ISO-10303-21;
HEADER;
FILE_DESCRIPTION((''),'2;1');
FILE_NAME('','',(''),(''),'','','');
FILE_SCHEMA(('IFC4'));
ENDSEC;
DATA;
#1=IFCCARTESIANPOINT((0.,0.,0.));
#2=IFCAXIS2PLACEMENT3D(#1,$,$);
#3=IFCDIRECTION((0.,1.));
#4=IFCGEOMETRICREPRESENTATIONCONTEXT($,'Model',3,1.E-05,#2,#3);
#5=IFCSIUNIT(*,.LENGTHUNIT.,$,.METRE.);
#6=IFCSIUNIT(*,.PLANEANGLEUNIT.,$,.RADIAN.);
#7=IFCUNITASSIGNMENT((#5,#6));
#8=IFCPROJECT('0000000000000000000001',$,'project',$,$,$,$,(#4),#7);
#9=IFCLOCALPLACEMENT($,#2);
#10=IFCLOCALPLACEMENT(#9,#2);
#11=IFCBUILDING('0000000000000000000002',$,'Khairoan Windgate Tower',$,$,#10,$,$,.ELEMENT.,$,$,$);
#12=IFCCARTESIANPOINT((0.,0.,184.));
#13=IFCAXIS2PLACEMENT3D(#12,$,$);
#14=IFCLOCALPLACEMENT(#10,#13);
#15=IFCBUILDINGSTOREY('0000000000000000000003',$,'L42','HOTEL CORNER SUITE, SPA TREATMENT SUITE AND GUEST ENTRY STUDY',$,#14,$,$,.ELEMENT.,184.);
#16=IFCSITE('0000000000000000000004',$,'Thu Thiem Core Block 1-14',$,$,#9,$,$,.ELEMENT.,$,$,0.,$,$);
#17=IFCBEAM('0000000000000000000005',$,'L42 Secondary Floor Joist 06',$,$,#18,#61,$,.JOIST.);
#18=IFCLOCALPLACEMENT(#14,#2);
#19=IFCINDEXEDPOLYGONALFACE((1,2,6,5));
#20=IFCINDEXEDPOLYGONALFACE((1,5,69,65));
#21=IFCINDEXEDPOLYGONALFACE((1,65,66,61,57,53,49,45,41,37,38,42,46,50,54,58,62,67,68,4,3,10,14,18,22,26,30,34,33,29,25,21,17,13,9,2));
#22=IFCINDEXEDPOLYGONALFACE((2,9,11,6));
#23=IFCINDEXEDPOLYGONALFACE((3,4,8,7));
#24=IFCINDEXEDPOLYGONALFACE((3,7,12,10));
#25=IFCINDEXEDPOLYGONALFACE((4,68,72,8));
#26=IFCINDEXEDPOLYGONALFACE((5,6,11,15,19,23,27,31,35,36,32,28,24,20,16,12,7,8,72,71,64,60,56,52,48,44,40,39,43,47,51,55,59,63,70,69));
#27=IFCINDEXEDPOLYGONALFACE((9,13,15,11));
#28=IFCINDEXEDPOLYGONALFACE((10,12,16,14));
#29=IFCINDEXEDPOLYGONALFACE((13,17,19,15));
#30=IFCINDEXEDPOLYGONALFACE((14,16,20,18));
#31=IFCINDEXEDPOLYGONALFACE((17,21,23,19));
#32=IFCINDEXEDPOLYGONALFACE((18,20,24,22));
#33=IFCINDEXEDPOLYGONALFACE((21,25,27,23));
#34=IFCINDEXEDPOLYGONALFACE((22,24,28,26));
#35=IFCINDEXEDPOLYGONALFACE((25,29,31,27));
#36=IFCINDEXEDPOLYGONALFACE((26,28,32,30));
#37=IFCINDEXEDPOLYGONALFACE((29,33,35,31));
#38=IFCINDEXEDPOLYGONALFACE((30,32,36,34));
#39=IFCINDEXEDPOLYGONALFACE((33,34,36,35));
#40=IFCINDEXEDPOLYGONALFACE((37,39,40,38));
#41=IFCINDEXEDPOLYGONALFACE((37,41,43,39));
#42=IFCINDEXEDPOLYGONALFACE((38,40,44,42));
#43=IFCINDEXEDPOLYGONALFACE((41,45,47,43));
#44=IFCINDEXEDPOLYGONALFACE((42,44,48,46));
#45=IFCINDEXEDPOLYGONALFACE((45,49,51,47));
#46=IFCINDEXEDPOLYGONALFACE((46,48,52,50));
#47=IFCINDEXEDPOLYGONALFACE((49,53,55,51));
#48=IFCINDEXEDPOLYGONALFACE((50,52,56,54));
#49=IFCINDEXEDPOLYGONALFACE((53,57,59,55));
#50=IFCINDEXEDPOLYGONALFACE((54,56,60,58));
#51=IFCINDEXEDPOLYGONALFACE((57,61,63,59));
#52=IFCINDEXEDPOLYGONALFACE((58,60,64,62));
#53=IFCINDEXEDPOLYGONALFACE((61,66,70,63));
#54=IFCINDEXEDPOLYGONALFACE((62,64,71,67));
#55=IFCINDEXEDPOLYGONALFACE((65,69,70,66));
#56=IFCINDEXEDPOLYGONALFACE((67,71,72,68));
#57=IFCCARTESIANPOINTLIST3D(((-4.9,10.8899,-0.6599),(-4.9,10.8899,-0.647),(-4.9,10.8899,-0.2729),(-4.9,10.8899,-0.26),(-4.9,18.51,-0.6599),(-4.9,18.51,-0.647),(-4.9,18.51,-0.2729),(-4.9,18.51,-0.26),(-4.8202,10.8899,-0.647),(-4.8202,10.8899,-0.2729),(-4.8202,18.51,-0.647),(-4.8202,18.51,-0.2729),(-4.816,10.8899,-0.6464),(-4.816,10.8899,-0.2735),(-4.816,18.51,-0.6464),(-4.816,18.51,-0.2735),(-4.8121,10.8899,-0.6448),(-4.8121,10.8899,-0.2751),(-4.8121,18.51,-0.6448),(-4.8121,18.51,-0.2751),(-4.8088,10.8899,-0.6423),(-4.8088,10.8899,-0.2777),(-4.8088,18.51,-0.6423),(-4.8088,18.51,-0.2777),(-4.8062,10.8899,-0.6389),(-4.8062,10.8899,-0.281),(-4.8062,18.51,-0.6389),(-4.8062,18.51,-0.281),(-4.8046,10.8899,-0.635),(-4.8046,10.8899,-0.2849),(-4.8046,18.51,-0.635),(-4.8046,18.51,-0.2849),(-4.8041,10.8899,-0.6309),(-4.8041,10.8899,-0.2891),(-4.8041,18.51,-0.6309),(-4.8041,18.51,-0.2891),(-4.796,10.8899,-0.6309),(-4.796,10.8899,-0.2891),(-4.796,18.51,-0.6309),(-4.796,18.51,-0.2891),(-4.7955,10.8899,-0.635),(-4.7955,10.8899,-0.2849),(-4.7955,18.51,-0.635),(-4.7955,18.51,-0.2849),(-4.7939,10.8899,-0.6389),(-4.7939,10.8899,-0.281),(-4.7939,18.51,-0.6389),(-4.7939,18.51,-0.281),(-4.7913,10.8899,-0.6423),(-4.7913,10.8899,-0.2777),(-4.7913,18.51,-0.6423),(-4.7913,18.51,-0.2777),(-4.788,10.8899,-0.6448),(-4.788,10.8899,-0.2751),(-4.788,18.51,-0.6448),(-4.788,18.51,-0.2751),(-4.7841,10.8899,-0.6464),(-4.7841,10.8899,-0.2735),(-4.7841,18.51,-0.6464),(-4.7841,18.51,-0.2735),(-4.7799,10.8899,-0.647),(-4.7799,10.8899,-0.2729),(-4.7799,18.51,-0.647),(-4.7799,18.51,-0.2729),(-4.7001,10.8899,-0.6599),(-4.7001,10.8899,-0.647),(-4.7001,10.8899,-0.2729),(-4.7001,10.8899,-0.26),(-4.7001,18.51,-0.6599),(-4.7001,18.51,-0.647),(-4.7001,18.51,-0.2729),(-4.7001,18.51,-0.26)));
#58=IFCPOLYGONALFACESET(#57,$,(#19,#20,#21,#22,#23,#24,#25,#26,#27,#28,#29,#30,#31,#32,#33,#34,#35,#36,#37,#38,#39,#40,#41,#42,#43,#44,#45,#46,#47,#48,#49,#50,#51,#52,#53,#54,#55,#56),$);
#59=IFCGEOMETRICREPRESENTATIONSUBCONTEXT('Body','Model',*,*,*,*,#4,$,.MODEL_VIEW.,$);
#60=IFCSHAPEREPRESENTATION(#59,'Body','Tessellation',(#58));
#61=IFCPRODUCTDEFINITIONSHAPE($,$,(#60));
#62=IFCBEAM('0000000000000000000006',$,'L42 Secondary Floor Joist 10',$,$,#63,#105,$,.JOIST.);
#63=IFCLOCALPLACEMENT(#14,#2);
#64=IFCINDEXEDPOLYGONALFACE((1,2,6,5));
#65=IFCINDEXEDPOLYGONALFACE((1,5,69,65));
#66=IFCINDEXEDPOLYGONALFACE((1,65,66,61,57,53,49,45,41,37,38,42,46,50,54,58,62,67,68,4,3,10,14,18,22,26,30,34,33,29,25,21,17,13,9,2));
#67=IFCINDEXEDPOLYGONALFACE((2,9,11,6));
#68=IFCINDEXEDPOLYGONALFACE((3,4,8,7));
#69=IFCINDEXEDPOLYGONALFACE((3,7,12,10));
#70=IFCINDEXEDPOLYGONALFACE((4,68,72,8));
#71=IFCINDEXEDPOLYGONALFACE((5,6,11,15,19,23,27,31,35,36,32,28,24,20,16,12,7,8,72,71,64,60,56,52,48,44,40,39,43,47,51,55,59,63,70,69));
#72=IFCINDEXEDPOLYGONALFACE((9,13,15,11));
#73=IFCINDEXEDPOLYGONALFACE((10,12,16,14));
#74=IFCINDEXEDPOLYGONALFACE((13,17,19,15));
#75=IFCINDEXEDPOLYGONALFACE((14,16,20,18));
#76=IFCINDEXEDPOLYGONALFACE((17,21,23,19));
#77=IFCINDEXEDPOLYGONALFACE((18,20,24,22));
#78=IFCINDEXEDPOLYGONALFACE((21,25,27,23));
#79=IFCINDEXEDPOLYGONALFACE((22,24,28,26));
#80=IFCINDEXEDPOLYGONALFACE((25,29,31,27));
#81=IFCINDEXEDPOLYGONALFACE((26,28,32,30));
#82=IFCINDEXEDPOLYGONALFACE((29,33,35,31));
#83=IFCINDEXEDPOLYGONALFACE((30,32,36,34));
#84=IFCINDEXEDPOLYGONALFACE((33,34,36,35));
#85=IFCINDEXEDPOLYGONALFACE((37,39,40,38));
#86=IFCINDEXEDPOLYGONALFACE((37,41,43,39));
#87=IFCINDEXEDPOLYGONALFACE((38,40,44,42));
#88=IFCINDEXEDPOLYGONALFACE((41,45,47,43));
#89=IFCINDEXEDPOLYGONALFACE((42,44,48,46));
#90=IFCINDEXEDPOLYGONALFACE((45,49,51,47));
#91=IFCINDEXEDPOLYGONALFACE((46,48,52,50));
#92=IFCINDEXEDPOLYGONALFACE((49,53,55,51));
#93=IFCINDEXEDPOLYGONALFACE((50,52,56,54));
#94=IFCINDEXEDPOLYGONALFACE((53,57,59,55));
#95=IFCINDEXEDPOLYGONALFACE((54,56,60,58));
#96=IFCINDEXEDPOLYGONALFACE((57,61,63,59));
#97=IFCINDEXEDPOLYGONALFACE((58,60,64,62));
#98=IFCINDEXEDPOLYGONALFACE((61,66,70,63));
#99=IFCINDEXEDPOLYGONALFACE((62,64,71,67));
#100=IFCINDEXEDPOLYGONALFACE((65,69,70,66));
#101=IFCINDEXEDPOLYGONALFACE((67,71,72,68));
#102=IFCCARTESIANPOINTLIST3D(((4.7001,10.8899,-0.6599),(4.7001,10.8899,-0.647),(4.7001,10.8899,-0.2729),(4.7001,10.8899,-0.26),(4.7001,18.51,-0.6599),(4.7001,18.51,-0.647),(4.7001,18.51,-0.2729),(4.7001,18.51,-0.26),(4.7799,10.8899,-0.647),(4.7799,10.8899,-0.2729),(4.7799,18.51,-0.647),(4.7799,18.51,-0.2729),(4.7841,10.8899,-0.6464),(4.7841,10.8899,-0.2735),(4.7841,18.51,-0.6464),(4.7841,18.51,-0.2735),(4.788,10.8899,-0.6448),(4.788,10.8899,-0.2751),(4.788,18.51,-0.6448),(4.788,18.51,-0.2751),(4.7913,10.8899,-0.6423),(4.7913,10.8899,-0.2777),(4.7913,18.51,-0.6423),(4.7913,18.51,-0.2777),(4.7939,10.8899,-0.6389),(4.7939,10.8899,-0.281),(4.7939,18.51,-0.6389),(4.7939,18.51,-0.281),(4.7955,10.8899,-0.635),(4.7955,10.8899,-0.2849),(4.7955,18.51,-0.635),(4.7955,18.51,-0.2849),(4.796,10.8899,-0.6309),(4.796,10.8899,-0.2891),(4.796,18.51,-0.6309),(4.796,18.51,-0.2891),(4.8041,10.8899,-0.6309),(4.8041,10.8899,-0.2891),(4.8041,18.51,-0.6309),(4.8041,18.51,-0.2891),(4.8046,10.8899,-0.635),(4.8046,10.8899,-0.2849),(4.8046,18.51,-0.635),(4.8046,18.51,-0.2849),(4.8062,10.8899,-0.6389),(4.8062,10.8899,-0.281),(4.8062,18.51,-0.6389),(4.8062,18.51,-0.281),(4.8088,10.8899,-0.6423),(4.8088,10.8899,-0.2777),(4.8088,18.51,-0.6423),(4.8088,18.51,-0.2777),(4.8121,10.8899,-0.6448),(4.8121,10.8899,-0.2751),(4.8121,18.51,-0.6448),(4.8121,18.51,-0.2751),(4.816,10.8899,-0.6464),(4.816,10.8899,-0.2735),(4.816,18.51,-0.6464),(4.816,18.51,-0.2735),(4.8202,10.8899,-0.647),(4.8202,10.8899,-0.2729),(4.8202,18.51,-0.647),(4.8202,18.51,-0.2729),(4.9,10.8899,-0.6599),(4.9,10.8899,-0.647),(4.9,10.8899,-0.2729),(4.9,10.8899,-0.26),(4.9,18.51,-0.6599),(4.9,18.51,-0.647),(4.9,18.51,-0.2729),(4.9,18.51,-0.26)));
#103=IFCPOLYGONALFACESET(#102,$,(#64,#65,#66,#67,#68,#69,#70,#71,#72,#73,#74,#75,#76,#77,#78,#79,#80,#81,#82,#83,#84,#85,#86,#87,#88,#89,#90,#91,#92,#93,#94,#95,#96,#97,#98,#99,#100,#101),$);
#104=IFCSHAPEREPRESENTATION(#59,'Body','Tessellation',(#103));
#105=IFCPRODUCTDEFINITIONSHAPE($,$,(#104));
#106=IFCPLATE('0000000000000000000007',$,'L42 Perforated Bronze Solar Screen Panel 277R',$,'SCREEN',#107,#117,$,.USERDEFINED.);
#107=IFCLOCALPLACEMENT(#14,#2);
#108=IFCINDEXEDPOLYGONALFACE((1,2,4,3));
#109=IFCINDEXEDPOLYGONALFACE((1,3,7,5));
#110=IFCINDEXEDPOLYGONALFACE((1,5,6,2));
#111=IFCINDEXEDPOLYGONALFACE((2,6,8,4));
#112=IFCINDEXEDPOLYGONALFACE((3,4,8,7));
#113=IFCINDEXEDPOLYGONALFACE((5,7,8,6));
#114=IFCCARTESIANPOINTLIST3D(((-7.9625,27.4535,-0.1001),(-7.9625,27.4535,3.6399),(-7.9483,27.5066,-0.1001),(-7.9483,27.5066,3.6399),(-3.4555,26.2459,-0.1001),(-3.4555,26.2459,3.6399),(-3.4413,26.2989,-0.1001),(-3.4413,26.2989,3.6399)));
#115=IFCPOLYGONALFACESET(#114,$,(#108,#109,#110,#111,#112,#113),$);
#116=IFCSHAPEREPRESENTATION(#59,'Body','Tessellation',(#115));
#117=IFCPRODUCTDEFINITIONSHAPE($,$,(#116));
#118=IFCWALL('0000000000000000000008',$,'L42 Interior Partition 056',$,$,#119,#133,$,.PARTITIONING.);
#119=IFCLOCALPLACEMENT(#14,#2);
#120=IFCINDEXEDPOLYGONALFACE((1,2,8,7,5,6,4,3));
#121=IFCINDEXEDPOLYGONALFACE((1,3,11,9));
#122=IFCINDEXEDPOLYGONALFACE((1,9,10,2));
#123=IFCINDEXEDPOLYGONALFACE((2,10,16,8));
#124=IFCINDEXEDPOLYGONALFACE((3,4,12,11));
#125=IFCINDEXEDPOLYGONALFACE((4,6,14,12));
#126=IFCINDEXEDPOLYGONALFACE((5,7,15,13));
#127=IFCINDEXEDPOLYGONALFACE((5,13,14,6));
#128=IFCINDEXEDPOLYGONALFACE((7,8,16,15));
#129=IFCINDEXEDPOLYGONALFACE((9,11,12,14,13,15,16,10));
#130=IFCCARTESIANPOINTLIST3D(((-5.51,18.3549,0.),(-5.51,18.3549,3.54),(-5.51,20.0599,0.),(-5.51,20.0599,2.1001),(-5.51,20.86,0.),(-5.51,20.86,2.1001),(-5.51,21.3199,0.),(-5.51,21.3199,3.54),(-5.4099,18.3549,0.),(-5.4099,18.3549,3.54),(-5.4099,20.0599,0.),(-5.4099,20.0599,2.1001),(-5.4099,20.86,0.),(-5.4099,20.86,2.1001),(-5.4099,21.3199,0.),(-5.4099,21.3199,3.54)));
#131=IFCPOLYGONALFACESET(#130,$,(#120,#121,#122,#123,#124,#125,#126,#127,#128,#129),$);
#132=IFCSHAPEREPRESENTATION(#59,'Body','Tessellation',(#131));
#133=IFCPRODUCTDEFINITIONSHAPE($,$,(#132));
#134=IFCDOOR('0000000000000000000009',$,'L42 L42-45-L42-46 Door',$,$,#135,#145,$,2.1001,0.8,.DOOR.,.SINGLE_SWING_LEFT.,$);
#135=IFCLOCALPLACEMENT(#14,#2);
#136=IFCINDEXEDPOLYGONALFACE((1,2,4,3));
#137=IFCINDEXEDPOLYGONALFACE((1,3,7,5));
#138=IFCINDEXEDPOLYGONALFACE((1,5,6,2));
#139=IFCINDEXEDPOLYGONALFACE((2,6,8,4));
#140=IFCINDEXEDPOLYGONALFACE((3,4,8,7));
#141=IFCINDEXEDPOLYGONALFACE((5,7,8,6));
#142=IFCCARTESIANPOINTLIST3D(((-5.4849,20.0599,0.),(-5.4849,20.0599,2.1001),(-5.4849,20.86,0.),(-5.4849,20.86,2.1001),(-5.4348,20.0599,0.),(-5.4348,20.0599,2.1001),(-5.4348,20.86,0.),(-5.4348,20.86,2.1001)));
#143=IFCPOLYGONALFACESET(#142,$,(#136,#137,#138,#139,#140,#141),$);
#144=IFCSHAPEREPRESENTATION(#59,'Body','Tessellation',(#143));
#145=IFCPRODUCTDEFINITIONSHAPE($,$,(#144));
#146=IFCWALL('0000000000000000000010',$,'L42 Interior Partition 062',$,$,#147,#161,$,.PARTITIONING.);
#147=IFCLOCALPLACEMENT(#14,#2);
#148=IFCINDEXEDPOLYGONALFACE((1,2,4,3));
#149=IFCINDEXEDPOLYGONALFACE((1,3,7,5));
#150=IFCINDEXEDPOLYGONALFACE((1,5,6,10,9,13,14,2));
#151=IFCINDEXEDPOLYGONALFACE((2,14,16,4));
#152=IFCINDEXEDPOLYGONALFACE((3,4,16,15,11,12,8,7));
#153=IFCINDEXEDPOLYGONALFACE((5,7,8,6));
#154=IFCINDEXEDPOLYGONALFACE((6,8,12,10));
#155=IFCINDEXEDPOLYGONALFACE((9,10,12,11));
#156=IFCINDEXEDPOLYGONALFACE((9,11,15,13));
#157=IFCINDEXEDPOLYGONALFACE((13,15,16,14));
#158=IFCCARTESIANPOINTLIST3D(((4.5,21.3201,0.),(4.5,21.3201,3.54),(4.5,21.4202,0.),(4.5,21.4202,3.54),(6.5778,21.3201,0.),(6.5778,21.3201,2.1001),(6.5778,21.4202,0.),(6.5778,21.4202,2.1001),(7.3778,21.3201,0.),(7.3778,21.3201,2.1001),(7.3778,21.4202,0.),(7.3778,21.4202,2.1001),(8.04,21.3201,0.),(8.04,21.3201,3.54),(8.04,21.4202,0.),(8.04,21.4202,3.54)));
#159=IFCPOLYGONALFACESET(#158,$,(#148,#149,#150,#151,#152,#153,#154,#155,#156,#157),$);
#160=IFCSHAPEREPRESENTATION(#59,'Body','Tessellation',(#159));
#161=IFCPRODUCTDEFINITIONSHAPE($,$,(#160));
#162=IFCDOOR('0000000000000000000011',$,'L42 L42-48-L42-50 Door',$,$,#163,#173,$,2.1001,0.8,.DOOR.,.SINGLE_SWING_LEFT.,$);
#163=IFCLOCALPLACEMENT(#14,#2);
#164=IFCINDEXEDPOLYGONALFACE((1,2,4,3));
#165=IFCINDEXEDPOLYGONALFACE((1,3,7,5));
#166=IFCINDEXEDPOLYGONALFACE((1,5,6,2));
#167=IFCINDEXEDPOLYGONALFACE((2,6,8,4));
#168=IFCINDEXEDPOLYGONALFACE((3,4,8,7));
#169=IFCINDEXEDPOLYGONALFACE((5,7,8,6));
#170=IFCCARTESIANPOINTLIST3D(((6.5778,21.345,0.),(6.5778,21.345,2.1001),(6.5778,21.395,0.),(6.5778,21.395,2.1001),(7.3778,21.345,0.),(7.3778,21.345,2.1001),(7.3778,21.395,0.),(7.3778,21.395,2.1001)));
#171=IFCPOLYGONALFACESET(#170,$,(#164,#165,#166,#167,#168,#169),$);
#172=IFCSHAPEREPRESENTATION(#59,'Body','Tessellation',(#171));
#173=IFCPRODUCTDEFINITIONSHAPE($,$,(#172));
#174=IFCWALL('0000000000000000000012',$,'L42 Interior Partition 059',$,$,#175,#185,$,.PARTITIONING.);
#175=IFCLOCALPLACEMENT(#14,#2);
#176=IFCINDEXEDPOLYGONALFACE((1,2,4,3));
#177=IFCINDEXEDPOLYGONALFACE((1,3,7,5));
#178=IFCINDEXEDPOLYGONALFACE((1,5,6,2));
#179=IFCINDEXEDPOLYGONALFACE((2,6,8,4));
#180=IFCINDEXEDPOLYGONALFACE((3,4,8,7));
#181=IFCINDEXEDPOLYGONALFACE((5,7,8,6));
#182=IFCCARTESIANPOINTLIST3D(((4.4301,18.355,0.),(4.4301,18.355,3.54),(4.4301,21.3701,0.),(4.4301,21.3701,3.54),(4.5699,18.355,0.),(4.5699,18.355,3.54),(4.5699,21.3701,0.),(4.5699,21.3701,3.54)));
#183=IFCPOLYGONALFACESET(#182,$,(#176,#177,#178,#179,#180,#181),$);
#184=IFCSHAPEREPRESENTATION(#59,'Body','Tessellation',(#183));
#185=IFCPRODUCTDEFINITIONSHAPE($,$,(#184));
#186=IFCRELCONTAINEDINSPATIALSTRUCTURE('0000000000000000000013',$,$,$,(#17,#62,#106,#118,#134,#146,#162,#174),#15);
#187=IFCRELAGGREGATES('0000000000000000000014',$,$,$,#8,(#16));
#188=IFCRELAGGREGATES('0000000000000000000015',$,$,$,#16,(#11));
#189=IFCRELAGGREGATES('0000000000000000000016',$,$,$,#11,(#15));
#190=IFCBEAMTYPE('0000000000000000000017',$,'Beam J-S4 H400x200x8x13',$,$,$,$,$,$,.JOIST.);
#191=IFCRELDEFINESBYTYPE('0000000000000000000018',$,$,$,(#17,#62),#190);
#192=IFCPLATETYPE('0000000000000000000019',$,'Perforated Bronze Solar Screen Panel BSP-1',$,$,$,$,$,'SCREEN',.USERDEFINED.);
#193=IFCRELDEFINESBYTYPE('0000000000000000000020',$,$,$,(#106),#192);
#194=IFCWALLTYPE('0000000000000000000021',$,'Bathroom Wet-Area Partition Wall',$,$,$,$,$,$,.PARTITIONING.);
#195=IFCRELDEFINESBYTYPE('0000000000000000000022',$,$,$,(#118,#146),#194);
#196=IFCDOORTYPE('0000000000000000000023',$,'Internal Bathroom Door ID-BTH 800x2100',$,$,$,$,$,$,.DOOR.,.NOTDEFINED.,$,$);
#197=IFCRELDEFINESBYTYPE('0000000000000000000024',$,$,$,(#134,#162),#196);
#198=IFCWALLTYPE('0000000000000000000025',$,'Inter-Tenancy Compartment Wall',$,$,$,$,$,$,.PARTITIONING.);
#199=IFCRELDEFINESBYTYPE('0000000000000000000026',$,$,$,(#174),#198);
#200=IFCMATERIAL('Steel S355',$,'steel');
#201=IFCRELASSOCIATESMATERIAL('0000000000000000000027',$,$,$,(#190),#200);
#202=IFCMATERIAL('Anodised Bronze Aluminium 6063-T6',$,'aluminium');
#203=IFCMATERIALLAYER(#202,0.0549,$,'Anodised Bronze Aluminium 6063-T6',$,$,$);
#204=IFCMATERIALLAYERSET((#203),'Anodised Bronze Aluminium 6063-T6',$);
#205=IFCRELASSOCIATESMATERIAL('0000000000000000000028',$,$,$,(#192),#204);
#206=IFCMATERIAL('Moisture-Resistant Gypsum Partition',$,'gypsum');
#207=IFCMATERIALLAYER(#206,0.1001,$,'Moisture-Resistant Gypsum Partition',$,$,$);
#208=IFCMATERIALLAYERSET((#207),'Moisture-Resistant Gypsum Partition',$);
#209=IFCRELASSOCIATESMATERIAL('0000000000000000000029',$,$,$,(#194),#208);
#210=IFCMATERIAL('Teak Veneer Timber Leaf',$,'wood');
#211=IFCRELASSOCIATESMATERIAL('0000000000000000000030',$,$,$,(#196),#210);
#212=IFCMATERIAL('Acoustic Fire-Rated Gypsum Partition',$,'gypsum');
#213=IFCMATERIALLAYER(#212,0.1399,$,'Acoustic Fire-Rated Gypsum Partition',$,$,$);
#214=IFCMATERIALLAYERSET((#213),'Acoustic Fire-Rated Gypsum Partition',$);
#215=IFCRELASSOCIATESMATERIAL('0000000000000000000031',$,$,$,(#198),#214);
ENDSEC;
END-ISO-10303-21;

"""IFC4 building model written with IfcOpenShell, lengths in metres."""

from ifc_helpers import new_model, si_unit, direction, frame, frame_2d, origin, origin_2d, place, context, subcontext, project, spatial, rectangle, i_section, extrude, material, layer, layer_set, material_profile, profile_set, type_object, element, fill, save


model = new_model("IFC4")

# Units and contexts
model_context = context("Model", 3, precision=1e-05, world=origin(), true_north=direction((0.0, 1.0)))
body_context = subcontext(model_context, "Body", "Model", "MODEL_VIEW")
ifc_project = project(units=[si_unit("LENGTHUNIT", "METRE"), si_unit("PLANEANGLEUNIT", "RADIAN")], contexts=[model_context])

# Site, building, storey
site_placement = place(None, origin())
site = spatial("IfcSite", under=ifc_project, at=site_placement, Name="Thu Thiem Core Block 1-14", CompositionType="ELEMENT", RefElevation=0.0)
building_placement = place(site_placement, origin())
building = spatial("IfcBuilding", under=site, at=building_placement, Name="Khairoan Windgate Tower", CompositionType="ELEMENT")
storey_placement = place(building_placement, frame((0.0, 0.0, 184.0)))
storey = spatial("IfcBuildingStorey", under=building, at=storey_placement, Name="L42", Description="HOTEL CORNER SUITE, SPA TREATMENT SUITE AND GUEST ENTRY STUDY", CompositionType="ELEMENT", Elevation=184.0)

# Beams
ifc_material_1 = material(Name="Steel S355", Category="steel")
ifc_material_profile_1 = material_profile(ifc_material_1, i_section(OverallWidth=0.2, OverallDepth=0.3999, WebThickness=0.0081, FlangeThickness=0.0129, FilletRadius=0.0161, at=origin_2d()))
ifc_profile_set_1 = profile_set([ifc_material_profile_1], Name="Steel S355")
beam_type_1 = type_object("IfcBeamType", Name="Beam J-S4 H400x200x8x13", PredefinedType="JOIST", material=ifc_profile_set_1)
for number, where, z_axis, x_axis, name in (
    (1, (-4.8, 10.8899, -0.46), (0.0, 1.0, 0.0), (-1.0, 0.0, 0.0), "L42 Secondary Floor Joist 06"),
    (2, (4.8, 10.8899, -0.46), (0.0, 1.0, 0.0), (-1.0, 0.0, 0.0), "L42 Secondary Floor Joist 10"),
):
    element("IfcBeam", number, at=place(storey_placement, frame(where, z_axis=z_axis, x_axis=x_axis)), inside=storey, type_object=beam_type_1, Name=name, PredefinedType="JOIST", context=body_context, shape_type="SweptSolid", body=[
        extrude(i_section(OverallWidth=0.2, OverallDepth=0.3999, WebThickness=0.0081, FlangeThickness=0.0129, FilletRadius=0.0161, at=origin_2d()), origin(), (0.0, 0.0, 1.0), 7.6201),
    ])

# Plate
ifc_material_2 = material(Name="Anodised Bronze Aluminium 6063-T6", Category="aluminium")
ifc_layer_1 = layer(ifc_material_2, 0.0549, Name="Anodised Bronze Aluminium 6063-T6")
ifc_layer_set_1 = layer_set([ifc_layer_1], Name="Anodised Bronze Aluminium 6063-T6")
plate_type = type_object("IfcPlateType", Name="Perforated Bronze Solar Screen Panel BSP-1", ElementType="SCREEN", PredefinedType="USERDEFINED", material=ifc_layer_set_1)
plate_placement = place(storey_placement, frame((-5.7019, 26.8762, -0.1001), z_axis=(0.0, 0.0, 1.0), x_axis=(0.965926, -0.258819, 0.0)))
element("IfcPlate", 3, at=plate_placement, inside=storey, type_object=plate_type, Name="L42 Perforated Bronze Solar Screen Panel 277R", ObjectType="SCREEN", PredefinedType="USERDEFINED", context=body_context, shape_type="SweptSolid", body=[
    extrude(rectangle(XDim=4.666, YDim=0.0549, at=origin_2d()), origin(), (0.0, 0.0, 1.0), 3.74),
])

# Walls, openings, doors
ifc_material_3 = material(Name="Moisture-Resistant Gypsum Partition", Category="gypsum")
ifc_layer_2 = layer(ifc_material_3, 0.1001, Name="Moisture-Resistant Gypsum Partition")
ifc_layer_set_2 = layer_set([ifc_layer_2], Name="Moisture-Resistant Gypsum Partition")
wall_type_1 = type_object("IfcWallType", Name="Bathroom Wet-Area Partition Wall", PredefinedType="PARTITIONING", material=ifc_layer_set_2)
wall_1_placement = place(storey_placement, frame((-5.46, 18.355, 0.0), z_axis=(0.0, 0.0, 1.0), x_axis=(0.0, 1.0, 0.0)))
wall_1 = element("IfcWall", 4, at=wall_1_placement, inside=storey, type_object=wall_type_1, Name="L42 Interior Partition 056", PredefinedType="PARTITIONING", context=body_context, shape_type="SweptSolid", body=[
    extrude(rectangle(XDim=2.9651, YDim=0.1001, at=frame_2d((1.4824, 0.0))), origin(), (0.0, 0.0, 1.0), 3.54),
])
opening_1_placement = place(wall_1_placement, frame((1.7051, 0.0, 0.0)))
opening_1 = element("IfcOpeningElement", 5, at=opening_1_placement, cuts=wall_1, PredefinedType="OPENING", context=body_context, shape_type="SweptSolid", body=[
    extrude(rectangle(XDim=0.8, YDim=2.1001, at=frame_2d((0.3999, 1.05))), frame((0.0, 0.0601, 0.0), z_axis=(0.0, -1.0, 0.0), x_axis=(1.0, 0.0, 0.0)), (0.0, 0.0, 1.0), 0.1201),
])
ifc_material_4 = material(Name="Teak Veneer Timber Leaf", Category="wood")
door_type_1 = type_object("IfcDoorType", Name="Internal Bathroom Door ID-BTH 800x2100", OperationType="NOTDEFINED", PredefinedType="DOOR", material=ifc_material_4)
door_1_placement = place(opening_1_placement, origin())
door_1 = element("IfcDoor", 6, at=door_1_placement, inside=storey, type_object=door_type_1, Name="L42 L42-45-L42-46 Door", OperationType="SINGLE_SWING_LEFT", OverallHeight=2.1001, OverallWidth=0.8, PredefinedType="DOOR", context=body_context, shape_type="SweptSolid", body=[
    extrude(rectangle(XDim=0.8, YDim=2.1001, at=frame_2d((0.3999, 1.05))), frame((0.0, 0.0249, 0.0), z_axis=(0.0, -1.0, 0.0), x_axis=(1.0, 0.0, 0.0)), (0.0, 0.0, 1.0), 0.05),
])
fill(opening_1, door_1)
wall_2_placement = place(storey_placement, frame((4.5, 21.3701, 0.0), z_axis=(0.0, 0.0, 1.0), x_axis=(1.0, 0.0, 0.0)))
wall_2 = element("IfcWall", 7, at=wall_2_placement, inside=storey, type_object=wall_type_1, Name="L42 Interior Partition 062", PredefinedType="PARTITIONING", context=body_context, shape_type="SweptSolid", body=[
    extrude(rectangle(XDim=3.54, YDim=0.1001, at=frame_2d((1.77, 0.0))), origin(), (0.0, 0.0, 1.0), 3.54),
])
opening_2_placement = place(wall_2_placement, frame((2.0779, 0.0, 0.0)))
opening_2 = element("IfcOpeningElement", 8, at=opening_2_placement, cuts=wall_2, PredefinedType="OPENING", context=body_context, shape_type="SweptSolid", body=[
    extrude(rectangle(XDim=0.8, YDim=2.1001, at=frame_2d((0.3999, 1.05))), frame((0.0, 0.0601, 0.0), z_axis=(0.0, -1.0, 0.0), x_axis=(1.0, 0.0, 0.0)), (0.0, 0.0, 1.0), 0.1201),
])
door_2_placement = place(opening_2_placement, origin())
door_2 = element("IfcDoor", 9, at=door_2_placement, inside=storey, type_object=door_type_1, Name="L42 L42-48-L42-50 Door", OperationType="SINGLE_SWING_LEFT", OverallHeight=2.1001, OverallWidth=0.8, PredefinedType="DOOR", context=body_context, shape_type="SweptSolid", body=[
    extrude(rectangle(XDim=0.8, YDim=2.1001, at=frame_2d((0.3999, 1.05))), frame((0.0, 0.0249, 0.0), z_axis=(0.0, -1.0, 0.0), x_axis=(1.0, 0.0, 0.0)), (0.0, 0.0, 1.0), 0.05),
])
fill(opening_2, door_2)

# Wall
ifc_material_5 = material(Name="Acoustic Fire-Rated Gypsum Partition", Category="gypsum")
ifc_layer_3 = layer(ifc_material_5, 0.1399, Name="Acoustic Fire-Rated Gypsum Partition")
ifc_layer_set_3 = layer_set([ifc_layer_3], Name="Acoustic Fire-Rated Gypsum Partition")
wall_type_2 = type_object("IfcWallType", Name="Inter-Tenancy Compartment Wall", PredefinedType="PARTITIONING", material=ifc_layer_set_3)
wall_3_placement = place(storey_placement, frame((4.5, 18.355, 0.0), z_axis=(0.0, 0.0, 1.0), x_axis=(0.0, 1.0, 0.0)))
element("IfcWall", 10, at=wall_3_placement, inside=storey, type_object=wall_type_2, Name="L42 Interior Partition 059", PredefinedType="PARTITIONING", context=body_context, shape_type="SweptSolid", body=[
    extrude(rectangle(XDim=3.0151, YDim=0.1399, at=frame_2d((1.5076, 0.0))), origin(), (0.0, 0.0, 1.0), 3.54),
])

save(model, "model.ifc")
